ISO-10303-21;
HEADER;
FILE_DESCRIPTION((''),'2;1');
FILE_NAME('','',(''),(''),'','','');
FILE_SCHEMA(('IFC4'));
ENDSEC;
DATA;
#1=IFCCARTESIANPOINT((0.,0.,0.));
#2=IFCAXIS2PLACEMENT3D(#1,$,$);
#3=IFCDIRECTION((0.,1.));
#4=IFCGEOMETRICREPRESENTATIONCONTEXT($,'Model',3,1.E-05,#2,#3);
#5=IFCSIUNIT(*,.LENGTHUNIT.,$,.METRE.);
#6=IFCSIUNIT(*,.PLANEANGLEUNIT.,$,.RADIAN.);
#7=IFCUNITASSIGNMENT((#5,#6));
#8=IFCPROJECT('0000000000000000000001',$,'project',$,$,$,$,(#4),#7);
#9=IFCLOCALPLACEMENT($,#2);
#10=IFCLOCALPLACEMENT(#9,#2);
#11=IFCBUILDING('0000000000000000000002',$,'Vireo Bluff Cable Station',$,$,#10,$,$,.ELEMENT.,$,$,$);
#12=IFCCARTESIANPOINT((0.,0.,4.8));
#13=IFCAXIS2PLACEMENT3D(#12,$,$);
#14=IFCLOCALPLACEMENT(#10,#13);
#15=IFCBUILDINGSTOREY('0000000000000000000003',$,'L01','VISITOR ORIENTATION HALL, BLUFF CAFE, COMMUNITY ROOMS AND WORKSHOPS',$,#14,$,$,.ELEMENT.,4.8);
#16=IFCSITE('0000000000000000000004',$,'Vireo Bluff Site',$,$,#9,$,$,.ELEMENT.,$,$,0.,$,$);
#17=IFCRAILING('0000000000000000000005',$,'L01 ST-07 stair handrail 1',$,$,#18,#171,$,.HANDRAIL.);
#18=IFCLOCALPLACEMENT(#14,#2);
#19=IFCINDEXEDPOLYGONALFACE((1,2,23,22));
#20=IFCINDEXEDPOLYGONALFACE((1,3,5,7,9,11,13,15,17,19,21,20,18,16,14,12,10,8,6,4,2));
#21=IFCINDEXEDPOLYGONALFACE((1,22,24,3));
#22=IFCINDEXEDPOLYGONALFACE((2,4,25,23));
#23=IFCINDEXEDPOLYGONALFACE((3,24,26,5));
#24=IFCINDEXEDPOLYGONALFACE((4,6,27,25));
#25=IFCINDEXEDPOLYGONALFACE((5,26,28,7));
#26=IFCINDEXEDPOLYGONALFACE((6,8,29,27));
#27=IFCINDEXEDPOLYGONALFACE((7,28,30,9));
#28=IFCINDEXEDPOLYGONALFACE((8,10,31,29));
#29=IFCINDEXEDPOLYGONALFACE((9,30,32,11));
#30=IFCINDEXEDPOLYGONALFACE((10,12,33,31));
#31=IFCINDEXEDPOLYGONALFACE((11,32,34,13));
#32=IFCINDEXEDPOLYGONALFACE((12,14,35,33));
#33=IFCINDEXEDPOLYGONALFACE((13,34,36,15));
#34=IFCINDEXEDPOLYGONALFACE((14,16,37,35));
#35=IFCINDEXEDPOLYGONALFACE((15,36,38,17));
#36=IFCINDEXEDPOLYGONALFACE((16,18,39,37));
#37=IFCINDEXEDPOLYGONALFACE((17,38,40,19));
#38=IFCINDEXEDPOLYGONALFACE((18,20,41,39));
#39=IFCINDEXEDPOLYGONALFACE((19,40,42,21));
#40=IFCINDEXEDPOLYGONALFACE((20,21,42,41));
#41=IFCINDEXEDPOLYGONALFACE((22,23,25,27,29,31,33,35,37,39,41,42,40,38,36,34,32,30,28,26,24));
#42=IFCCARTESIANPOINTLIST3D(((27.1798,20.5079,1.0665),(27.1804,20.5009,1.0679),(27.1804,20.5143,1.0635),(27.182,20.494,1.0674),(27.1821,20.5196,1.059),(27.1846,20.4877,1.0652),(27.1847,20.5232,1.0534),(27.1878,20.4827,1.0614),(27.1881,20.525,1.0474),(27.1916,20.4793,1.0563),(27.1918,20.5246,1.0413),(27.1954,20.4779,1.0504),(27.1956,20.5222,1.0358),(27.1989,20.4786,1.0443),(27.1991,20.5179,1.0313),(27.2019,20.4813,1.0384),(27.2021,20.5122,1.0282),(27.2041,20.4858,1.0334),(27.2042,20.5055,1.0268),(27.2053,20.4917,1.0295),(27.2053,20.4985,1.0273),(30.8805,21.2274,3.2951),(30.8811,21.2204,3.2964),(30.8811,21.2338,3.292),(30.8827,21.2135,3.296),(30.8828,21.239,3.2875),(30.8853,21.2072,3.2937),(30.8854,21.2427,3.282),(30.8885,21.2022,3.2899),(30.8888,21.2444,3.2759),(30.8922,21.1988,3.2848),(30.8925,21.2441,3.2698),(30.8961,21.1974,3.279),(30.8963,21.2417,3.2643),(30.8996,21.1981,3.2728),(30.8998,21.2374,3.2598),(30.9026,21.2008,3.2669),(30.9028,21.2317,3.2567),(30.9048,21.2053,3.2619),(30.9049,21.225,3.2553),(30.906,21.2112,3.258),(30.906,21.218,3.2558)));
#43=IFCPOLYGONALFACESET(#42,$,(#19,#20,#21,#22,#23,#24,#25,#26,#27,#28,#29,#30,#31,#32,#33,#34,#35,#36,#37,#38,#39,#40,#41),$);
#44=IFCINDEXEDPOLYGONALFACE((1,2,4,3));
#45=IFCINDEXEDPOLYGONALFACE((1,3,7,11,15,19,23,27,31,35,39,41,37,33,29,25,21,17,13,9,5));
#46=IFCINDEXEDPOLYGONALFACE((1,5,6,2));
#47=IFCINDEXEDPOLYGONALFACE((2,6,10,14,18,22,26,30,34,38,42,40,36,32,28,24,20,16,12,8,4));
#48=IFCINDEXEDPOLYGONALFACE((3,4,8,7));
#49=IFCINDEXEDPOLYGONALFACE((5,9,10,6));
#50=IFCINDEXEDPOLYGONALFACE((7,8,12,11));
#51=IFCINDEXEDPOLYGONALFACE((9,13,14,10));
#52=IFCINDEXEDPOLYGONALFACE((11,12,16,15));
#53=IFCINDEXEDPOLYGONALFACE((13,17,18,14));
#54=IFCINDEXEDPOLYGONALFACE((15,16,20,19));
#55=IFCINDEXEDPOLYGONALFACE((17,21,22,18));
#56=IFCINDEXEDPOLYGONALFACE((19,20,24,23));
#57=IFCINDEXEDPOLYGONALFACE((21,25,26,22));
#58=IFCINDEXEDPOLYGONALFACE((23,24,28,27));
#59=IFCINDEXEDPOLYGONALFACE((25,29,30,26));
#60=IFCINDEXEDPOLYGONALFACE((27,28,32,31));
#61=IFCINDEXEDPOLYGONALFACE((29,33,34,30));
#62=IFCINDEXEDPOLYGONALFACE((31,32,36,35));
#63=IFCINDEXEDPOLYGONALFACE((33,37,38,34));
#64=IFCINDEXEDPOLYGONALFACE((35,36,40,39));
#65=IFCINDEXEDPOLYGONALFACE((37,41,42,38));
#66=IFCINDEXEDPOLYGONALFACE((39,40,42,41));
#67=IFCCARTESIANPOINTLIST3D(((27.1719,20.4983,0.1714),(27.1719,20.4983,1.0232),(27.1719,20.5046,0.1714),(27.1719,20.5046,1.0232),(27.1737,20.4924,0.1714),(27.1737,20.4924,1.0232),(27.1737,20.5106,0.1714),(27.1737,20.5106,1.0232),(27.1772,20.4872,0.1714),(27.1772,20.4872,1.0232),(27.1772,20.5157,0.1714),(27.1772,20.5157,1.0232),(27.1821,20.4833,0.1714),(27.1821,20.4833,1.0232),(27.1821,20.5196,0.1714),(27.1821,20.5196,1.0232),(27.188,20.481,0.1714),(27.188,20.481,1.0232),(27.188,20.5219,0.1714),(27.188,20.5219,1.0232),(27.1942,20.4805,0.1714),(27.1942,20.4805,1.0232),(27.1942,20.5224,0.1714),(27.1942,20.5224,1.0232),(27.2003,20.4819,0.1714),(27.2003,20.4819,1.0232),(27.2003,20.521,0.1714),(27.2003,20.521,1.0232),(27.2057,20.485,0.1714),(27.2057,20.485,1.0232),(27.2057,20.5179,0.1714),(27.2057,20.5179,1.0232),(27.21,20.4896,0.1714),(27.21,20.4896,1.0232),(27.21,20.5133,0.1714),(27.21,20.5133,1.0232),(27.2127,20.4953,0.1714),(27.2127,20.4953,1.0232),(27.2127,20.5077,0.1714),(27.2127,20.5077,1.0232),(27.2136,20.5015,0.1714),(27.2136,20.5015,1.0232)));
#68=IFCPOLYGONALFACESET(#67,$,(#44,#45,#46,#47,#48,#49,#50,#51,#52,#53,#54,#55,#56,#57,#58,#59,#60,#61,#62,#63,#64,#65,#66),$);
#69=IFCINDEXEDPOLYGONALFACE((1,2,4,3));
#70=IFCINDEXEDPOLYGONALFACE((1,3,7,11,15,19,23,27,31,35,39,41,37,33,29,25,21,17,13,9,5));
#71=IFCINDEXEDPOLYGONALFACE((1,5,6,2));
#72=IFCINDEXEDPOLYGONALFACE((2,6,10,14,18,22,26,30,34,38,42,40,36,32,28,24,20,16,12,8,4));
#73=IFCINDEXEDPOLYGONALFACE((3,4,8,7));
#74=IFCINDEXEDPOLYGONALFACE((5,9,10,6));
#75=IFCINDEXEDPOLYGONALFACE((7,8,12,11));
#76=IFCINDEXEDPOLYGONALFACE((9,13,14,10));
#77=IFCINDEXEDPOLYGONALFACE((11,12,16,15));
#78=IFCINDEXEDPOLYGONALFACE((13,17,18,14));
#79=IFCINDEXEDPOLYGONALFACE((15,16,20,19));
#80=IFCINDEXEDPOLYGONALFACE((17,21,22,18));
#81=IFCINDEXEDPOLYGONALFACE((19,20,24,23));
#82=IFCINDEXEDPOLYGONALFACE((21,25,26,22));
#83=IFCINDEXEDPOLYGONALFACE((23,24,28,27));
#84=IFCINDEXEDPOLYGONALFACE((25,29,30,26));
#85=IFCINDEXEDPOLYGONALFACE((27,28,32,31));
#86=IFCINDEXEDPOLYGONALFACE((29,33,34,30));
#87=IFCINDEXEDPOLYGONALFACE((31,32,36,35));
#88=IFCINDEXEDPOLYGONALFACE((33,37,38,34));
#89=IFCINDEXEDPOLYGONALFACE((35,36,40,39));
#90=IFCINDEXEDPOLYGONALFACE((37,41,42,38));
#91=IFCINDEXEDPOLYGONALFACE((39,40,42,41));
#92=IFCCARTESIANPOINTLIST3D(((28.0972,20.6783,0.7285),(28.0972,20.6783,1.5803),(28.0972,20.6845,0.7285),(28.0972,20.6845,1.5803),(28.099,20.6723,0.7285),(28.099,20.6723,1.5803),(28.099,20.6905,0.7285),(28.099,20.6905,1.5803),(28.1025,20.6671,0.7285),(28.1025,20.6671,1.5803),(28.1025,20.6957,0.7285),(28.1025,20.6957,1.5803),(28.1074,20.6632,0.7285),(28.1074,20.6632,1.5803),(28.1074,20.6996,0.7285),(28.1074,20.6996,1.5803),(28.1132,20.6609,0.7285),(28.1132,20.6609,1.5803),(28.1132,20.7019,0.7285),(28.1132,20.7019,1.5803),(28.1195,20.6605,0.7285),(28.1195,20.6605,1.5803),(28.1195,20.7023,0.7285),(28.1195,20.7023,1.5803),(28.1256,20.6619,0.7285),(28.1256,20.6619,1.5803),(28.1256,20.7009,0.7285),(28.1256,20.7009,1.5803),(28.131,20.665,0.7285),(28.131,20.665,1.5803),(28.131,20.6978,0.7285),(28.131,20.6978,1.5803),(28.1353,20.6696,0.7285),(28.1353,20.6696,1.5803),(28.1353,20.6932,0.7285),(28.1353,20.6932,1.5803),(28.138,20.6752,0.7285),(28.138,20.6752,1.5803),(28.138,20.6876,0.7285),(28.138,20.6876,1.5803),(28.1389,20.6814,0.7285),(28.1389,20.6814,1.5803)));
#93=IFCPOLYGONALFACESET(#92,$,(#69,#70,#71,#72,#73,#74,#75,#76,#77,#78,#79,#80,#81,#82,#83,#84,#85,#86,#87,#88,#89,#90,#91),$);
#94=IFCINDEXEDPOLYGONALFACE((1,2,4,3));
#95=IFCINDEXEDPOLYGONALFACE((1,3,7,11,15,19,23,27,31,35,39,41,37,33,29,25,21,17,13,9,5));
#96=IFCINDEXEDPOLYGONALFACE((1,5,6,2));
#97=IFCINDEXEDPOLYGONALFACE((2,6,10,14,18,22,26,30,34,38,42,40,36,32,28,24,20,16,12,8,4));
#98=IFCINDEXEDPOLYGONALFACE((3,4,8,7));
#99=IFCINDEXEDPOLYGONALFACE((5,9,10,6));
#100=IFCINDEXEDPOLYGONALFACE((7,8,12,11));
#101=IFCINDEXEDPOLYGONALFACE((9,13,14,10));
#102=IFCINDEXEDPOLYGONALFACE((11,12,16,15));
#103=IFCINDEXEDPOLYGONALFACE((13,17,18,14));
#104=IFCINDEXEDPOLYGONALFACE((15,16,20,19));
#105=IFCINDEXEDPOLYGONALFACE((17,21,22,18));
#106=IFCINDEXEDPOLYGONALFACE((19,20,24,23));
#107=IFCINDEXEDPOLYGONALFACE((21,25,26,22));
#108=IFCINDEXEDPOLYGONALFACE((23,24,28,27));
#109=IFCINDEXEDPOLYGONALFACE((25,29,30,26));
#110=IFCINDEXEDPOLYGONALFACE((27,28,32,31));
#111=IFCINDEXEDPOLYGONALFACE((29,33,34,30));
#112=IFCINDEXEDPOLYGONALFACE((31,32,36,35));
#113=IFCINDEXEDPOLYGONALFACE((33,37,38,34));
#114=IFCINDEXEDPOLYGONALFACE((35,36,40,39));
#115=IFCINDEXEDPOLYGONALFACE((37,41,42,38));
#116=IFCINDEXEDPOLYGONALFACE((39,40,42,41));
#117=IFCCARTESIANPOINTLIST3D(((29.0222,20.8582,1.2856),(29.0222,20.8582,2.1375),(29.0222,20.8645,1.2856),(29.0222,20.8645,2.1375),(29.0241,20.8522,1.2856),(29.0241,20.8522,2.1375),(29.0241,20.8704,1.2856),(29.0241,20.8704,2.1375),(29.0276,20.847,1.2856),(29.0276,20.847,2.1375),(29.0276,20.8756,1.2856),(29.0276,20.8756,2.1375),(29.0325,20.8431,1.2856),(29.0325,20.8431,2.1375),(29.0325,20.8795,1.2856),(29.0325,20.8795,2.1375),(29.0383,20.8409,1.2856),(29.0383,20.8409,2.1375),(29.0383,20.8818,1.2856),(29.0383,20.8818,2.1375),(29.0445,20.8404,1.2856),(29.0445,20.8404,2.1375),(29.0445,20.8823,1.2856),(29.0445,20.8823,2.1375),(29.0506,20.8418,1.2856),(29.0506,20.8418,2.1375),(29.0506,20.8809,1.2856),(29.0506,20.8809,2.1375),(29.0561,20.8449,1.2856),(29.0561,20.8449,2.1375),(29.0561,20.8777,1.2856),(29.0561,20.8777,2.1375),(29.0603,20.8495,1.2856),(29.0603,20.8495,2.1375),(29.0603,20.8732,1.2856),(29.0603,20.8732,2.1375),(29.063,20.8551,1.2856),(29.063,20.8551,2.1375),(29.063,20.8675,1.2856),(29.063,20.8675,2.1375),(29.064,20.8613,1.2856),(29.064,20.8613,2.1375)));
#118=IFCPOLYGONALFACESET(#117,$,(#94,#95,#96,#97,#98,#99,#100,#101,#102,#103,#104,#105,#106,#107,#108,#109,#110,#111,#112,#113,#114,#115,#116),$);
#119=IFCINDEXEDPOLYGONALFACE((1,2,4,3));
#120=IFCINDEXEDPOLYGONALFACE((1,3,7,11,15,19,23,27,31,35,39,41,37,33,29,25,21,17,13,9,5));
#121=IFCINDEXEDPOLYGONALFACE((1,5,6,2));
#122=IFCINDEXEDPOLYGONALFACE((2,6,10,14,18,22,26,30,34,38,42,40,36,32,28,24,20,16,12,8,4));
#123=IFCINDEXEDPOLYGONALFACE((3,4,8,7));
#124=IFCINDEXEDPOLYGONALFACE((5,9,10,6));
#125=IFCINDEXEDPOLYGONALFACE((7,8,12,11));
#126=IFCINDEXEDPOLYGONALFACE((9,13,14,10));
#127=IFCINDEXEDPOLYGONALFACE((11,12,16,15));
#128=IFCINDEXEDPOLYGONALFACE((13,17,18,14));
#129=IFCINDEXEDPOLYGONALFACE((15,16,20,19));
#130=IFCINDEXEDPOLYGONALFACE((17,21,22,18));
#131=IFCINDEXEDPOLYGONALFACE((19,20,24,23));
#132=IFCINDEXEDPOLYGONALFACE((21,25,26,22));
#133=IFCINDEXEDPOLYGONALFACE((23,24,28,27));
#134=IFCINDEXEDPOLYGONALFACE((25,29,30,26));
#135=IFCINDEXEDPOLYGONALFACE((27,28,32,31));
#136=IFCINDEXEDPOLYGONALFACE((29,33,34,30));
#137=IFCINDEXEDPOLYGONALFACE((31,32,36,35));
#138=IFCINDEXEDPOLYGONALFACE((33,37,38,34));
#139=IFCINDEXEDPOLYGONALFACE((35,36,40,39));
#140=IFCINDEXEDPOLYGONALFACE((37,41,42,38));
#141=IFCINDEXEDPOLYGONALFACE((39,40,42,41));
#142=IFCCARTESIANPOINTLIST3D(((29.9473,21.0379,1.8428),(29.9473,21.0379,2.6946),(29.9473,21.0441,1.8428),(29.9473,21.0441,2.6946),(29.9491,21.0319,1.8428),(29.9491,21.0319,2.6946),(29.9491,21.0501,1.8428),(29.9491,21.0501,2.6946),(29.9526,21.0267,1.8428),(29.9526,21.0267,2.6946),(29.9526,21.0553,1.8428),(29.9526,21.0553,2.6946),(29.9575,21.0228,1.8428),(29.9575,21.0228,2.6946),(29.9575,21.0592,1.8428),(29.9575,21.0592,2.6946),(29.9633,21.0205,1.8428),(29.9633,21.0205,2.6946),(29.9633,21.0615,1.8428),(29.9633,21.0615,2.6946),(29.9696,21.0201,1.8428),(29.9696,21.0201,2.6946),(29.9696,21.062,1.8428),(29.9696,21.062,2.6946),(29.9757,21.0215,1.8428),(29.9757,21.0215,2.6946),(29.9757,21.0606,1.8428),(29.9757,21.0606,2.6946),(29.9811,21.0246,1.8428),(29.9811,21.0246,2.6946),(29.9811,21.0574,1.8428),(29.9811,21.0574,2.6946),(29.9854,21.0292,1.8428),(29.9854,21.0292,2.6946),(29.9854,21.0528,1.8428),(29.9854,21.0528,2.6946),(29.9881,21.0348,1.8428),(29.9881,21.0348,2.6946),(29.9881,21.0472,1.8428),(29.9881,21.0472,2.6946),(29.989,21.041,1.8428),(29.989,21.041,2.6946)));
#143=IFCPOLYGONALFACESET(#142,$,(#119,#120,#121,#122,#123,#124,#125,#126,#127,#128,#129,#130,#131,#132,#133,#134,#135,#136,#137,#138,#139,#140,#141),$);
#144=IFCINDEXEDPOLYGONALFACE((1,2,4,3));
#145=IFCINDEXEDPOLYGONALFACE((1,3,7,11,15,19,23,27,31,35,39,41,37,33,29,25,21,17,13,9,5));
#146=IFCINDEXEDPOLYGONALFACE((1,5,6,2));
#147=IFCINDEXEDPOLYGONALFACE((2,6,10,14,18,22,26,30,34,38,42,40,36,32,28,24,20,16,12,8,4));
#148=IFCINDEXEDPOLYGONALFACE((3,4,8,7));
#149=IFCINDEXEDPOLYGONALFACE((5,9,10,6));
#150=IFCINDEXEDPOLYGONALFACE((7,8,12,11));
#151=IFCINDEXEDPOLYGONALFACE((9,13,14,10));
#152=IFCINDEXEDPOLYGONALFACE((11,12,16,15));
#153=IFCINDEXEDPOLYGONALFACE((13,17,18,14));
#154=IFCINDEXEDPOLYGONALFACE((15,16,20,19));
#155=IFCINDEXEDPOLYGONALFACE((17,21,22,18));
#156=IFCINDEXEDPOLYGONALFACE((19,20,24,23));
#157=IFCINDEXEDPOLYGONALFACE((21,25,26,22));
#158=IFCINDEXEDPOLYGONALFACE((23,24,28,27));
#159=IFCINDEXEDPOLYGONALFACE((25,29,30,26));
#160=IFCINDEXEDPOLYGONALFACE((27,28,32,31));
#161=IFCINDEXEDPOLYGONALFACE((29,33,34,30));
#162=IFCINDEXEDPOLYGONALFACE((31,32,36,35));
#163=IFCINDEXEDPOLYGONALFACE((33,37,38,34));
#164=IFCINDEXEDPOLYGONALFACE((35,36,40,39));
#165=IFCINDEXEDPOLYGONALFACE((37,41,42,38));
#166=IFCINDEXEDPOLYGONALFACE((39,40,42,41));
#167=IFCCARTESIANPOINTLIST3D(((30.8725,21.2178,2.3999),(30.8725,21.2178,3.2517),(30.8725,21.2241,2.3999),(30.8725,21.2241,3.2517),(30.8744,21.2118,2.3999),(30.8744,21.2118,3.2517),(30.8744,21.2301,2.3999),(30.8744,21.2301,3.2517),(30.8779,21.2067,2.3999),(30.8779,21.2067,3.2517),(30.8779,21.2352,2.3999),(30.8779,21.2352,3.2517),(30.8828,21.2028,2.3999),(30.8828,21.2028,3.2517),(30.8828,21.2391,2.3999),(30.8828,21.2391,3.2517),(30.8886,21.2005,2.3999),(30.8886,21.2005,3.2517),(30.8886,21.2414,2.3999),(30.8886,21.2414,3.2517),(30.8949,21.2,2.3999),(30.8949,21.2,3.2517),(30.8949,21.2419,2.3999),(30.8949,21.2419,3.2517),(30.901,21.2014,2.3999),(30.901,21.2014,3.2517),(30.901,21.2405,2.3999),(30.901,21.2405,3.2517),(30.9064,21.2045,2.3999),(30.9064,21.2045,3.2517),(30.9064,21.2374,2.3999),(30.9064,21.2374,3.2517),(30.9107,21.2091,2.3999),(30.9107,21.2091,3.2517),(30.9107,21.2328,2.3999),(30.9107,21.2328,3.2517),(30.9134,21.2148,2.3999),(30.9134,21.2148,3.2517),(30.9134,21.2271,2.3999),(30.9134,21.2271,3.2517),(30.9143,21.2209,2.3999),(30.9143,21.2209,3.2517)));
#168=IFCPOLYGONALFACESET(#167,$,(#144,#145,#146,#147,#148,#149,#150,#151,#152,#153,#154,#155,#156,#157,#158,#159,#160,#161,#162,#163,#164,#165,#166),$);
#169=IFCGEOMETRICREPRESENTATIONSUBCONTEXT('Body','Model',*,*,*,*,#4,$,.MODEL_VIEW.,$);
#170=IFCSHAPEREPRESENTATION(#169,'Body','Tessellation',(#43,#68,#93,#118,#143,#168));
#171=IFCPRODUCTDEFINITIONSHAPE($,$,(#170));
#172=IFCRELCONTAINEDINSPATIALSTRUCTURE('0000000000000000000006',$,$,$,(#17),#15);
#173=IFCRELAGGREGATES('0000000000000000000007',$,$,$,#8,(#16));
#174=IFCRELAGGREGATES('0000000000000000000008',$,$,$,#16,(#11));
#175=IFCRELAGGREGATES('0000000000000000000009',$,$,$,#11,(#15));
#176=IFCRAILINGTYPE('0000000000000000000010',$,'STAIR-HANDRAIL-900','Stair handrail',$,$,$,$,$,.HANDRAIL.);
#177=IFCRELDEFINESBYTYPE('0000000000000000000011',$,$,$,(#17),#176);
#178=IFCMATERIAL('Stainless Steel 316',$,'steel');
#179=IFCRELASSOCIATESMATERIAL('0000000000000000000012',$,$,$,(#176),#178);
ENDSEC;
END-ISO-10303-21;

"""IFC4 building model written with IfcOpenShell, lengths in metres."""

from ifc_helpers import new_model, si_unit, direction, frame, origin, origin_2d, place, context, subcontext, project, spatial, circle, extrude, material, type_object, element, save


model = new_model("IFC4")

# Units and contexts
model_context = context("Model", 3, precision=1e-05, world=origin(), true_north=direction((0.0, 1.0)))
body_context = subcontext(model_context, "Body", "Model", "MODEL_VIEW")
ifc_project = project(units=[si_unit("LENGTHUNIT", "METRE"), si_unit("PLANEANGLEUNIT", "RADIAN")], contexts=[model_context])

# Site, building, storey
site_placement = place(None, origin())
site = spatial("IfcSite", under=ifc_project, at=site_placement, Name="Vireo Bluff Site", CompositionType="ELEMENT", RefElevation=0.0)
building_placement = place(site_placement, origin())
building = spatial("IfcBuilding", under=site, at=building_placement, Name="Vireo Bluff Cable Station", CompositionType="ELEMENT")
storey_placement = place(building_placement, frame((0.0, 0.0, 4.8)))
storey = spatial("IfcBuildingStorey", under=building, at=storey_placement, Name="L01", Description="VISITOR ORIENTATION HALL, BLUFF CAFE, COMMUNITY ROOMS AND WORKSHOPS", CompositionType="ELEMENT", Elevation=4.8)

# Railing
ifc_material_1 = material(Name="Stainless Steel 316", Category="steel")
railing_type_1 = type_object("IfcRailingType", Name="STAIR-HANDRAIL-900", Description="Stair handrail", PredefinedType="HANDRAIL", material=ifc_material_1)
railing_1_placement = place(storey_placement, frame((27.1926, 20.5015, 0.1714)))
element("IfcRailing", 1, at=railing_1_placement, inside=storey, type_object=railing_type_1, Name="L01 ST-07 stair handrail 1", PredefinedType="HANDRAIL", context=body_context, shape_type="SweptSolid", body=[
    extrude(circle(Radius=0.0239, at=origin_2d()), frame((0.0, 0.0, 0.876), z_axis=(0.845024, 0.164289, 0.508865), x_axis=(-0.190845, 0.98162, 0.0)), (0.0, 0.0, 1.0), 4.3794),
    extrude(circle(Radius=0.021, at=origin_2d()), origin(), (0.0, 0.0, 1.0), 0.8518),
    extrude(circle(Radius=0.021, at=origin_2d()), frame((0.9253, 0.1799, 0.5571)), (0.0, 0.0, 1.0), 0.8518),
    extrude(circle(Radius=0.021, at=origin_2d()), frame((1.8503, 0.3599, 1.1143)), (0.0, 0.0, 1.0), 0.8518),
    extrude(circle(Radius=0.021, at=origin_2d()), frame((2.7754, 0.5396, 1.6714)), (0.0, 0.0, 1.0), 0.8518),
    extrude(circle(Radius=0.021, at=origin_2d()), frame((3.7007, 0.7195, 2.2285)), (0.0, 0.0, 1.0), 0.8518),
])

save(model, "model.ifc")
